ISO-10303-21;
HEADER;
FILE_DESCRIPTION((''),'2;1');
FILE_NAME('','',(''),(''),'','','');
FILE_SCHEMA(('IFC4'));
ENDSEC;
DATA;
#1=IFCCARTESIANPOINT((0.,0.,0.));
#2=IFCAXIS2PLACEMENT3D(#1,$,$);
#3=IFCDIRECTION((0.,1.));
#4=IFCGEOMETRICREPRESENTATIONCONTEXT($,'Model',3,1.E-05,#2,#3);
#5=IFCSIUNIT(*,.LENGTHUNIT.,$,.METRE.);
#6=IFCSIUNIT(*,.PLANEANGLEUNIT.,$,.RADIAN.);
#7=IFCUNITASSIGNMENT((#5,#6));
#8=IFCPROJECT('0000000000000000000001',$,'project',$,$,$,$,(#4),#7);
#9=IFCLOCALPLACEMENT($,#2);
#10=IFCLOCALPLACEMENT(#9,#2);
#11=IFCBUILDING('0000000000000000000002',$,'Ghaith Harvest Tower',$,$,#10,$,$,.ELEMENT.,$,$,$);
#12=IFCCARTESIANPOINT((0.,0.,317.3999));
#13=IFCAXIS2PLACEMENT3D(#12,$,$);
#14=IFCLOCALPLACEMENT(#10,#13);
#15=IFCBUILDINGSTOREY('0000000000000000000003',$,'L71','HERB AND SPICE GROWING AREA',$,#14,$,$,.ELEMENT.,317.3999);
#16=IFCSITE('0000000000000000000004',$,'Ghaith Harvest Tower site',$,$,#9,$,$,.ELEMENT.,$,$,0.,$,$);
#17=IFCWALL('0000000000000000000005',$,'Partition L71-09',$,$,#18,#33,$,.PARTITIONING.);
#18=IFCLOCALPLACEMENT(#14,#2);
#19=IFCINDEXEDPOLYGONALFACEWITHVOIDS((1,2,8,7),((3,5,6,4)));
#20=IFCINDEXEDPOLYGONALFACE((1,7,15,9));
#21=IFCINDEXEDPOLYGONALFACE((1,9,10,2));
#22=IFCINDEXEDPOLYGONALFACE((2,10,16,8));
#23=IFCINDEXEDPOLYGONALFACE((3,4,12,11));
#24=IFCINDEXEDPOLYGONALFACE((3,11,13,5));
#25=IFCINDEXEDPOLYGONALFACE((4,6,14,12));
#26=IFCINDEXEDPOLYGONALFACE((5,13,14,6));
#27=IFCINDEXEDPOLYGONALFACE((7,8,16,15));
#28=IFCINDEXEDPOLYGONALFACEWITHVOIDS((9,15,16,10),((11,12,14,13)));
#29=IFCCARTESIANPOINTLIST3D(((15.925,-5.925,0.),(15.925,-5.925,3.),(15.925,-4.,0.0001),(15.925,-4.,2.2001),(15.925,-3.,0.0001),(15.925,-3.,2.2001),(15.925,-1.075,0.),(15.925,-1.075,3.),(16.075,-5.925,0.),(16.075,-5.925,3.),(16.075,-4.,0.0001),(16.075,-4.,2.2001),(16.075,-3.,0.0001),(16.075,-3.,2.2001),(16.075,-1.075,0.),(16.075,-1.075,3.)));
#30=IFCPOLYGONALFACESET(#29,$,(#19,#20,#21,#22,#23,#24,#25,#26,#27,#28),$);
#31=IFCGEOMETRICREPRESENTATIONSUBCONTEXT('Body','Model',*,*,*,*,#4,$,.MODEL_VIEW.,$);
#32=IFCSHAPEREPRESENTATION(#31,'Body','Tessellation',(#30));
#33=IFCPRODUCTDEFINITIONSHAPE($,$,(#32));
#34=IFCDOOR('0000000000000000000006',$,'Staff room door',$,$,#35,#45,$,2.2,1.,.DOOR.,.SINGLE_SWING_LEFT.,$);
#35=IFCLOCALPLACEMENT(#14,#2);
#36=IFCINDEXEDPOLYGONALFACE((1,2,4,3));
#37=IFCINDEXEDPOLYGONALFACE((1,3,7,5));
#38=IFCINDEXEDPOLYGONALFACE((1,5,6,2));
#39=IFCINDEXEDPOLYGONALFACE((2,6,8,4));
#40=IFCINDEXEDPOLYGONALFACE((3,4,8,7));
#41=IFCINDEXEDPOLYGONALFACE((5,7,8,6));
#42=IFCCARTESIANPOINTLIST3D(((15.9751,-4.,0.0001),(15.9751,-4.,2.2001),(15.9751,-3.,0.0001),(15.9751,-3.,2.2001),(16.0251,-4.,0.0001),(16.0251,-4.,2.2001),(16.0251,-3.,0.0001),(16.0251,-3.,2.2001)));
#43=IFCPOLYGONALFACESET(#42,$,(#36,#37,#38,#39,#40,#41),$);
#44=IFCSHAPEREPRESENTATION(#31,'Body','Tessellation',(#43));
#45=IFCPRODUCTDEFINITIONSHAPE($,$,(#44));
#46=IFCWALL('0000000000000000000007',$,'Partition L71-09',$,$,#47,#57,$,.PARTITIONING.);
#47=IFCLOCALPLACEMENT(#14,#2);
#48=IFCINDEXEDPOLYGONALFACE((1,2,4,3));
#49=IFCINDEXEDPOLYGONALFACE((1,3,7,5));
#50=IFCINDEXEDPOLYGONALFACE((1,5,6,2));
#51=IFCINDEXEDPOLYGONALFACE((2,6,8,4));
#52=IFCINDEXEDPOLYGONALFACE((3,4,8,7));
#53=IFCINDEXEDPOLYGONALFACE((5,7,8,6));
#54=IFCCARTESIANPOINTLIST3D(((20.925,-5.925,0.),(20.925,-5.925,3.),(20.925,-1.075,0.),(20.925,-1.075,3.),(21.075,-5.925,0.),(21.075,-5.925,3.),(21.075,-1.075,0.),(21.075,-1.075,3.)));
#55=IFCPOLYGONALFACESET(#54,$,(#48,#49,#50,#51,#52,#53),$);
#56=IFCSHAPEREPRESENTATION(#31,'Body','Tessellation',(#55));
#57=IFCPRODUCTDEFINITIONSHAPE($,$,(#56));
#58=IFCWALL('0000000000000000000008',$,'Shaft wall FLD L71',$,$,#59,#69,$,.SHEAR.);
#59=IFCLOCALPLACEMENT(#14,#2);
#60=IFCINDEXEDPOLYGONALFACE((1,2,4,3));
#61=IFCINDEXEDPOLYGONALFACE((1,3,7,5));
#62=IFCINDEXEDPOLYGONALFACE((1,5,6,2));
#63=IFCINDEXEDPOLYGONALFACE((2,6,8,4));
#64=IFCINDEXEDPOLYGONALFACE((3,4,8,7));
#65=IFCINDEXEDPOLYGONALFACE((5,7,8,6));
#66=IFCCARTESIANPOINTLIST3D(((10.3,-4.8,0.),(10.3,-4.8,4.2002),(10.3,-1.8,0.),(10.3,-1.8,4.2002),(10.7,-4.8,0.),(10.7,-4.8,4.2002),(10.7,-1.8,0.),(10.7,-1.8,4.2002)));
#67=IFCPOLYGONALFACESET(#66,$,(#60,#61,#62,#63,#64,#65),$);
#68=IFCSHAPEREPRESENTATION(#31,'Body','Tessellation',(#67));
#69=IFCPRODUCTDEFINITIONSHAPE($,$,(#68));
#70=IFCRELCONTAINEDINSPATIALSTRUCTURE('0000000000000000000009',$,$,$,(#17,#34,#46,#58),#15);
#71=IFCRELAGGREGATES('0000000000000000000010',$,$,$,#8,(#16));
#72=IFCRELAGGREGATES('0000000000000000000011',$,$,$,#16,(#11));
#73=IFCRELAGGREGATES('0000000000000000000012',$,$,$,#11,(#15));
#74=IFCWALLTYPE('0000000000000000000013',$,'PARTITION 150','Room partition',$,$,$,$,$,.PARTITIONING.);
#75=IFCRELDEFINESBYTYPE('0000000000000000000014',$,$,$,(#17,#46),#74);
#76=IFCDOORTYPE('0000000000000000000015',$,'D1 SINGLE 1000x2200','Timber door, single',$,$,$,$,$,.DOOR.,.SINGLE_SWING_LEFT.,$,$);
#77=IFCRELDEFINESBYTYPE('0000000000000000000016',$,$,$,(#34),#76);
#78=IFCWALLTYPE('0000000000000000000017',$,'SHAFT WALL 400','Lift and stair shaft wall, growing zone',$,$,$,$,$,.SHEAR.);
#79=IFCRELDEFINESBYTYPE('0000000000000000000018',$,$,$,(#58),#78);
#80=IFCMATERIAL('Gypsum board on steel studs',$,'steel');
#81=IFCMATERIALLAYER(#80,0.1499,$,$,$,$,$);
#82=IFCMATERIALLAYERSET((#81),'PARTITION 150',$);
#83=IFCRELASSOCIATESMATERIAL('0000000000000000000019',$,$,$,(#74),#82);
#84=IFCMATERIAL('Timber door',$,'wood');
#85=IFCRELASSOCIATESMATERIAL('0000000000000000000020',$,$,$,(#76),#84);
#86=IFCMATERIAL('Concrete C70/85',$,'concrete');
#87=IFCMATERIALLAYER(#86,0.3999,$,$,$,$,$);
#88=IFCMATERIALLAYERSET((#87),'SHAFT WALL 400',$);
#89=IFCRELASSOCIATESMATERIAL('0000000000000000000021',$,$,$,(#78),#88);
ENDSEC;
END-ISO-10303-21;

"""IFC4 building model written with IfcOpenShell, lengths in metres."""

from ifc_helpers import new_model, si_unit, direction, frame, frame_2d, origin, place, context, subcontext, project, spatial, rectangle, extrude, material, layer, layer_set, type_object, element, fill, save


model = new_model("IFC4")

# Units and contexts
model_context = context("Model", 3, precision=1e-05, world=origin(), true_north=direction((0.0, 1.0)))
body_context = subcontext(model_context, "Body", "Model", "MODEL_VIEW")
ifc_project = project(units=[si_unit("LENGTHUNIT", "METRE"), si_unit("PLANEANGLEUNIT", "RADIAN")], contexts=[model_context])

# Site, building, storey
site_placement = place(None, origin())
site = spatial("IfcSite", under=ifc_project, at=site_placement, Name="Ghaith Harvest Tower site", CompositionType="ELEMENT", RefElevation=0.0)
building_placement = place(site_placement, origin())
building = spatial("IfcBuilding", under=site, at=building_placement, Name="Ghaith Harvest Tower", CompositionType="ELEMENT")
storey_placement = place(building_placement, frame((0.0, 0.0, 317.3999)))
storey = spatial("IfcBuildingStorey", under=building, at=storey_placement, Name="L71", Description="HERB AND SPICE GROWING AREA", CompositionType="ELEMENT", Elevation=317.3999)

# Shared definitions
ifc_material_1 = material(Name="Gypsum board on steel studs", Category="steel")
ifc_layer_1 = layer(ifc_material_1, 0.1499)
ifc_layer_set_1 = layer_set([ifc_layer_1], Name="PARTITION 150")
wall_type_1 = type_object("IfcWallType", Name="PARTITION 150", Description="Room partition", PredefinedType="PARTITIONING", material=ifc_layer_set_1)

# Wall, opening, door
wall_1_placement = place(storey_placement, frame((16.0, -5.925, 0.0), z_axis=(0.0, 0.0, 1.0), x_axis=(0.0, 1.0, 0.0)))
wall_1 = element("IfcWall", 1, at=wall_1_placement, inside=storey, type_object=wall_type_1, Name="Partition L71-09", PredefinedType="PARTITIONING", context=body_context, shape_type="SweptSolid", body=[
    extrude(rectangle(XDim=4.8501, YDim=0.1499, at=frame_2d((2.425, 0.0))), origin(), (0.0, 0.0, 1.0), 3.0),
])
opening_1_placement = place(wall_1_placement, frame((1.925, 0.0, 0.0)))
opening_1 = element("IfcOpeningElement", 2, at=opening_1_placement, cuts=wall_1, PredefinedType="OPENING", context=body_context, shape_type="SweptSolid", body=[
    extrude(rectangle(XDim=1.0, YDim=2.2, at=frame_2d((0.5, 1.1001))), frame((0.0, 0.085, 0.0), z_axis=(0.0, -1.0, 0.0), x_axis=(1.0, 0.0, 0.0)), (0.0, 0.0, 1.0), 0.1699),
])
ifc_material_2 = material(Name="Timber door", Category="wood")
door_type_1 = type_object("IfcDoorType", Name="D1 SINGLE 1000x2200", Description="Timber door, single", OperationType="SINGLE_SWING_LEFT", PredefinedType="DOOR", material=ifc_material_2)
door_1_placement = place(opening_1_placement, origin())
door_1 = element("IfcDoor", 3, at=door_1_placement, inside=storey, type_object=door_type_1, Name="Staff room door", OperationType="SINGLE_SWING_LEFT", OverallHeight=2.2, OverallWidth=1.0, PredefinedType="DOOR", context=body_context, shape_type="SweptSolid", body=[
    extrude(rectangle(XDim=1.0, YDim=2.2, at=frame_2d((0.5, 1.1001))), frame((0.0, 0.0249, 0.0), z_axis=(0.0, -1.0, 0.0), x_axis=(1.0, 0.0, 0.0)), (0.0, 0.0, 1.0), 0.05),
])
fill(opening_1, door_1)

# Walls
wall_2_placement = place(storey_placement, frame((21.0, -5.925, 0.0), z_axis=(0.0, 0.0, 1.0), x_axis=(0.0, 1.0, 0.0)))
element("IfcWall", 4, at=wall_2_placement, inside=storey, type_object=wall_type_1, Name="Partition L71-09", PredefinedType="PARTITIONING", context=body_context, shape_type="SweptSolid", body=[
    extrude(rectangle(XDim=4.8501, YDim=0.1499, at=frame_2d((2.425, 0.0))), origin(), (0.0, 0.0, 1.0), 3.0),
])
ifc_material_3 = material(Name="Concrete C70/85", Category="concrete")
ifc_layer_2 = layer(ifc_material_3, 0.3999)
ifc_layer_set_2 = layer_set([ifc_layer_2], Name="SHAFT WALL 400")
wall_type_2 = type_object("IfcWallType", Name="SHAFT WALL 400", Description="Lift and stair shaft wall, growing zone", PredefinedType="SHEAR", material=ifc_layer_set_2)
wall_3_placement = place(storey_placement, frame((10.5, -4.8, 0.0), z_axis=(0.0, 0.0, 1.0), x_axis=(0.0, 1.0, 0.0)))
element("IfcWall", 5, at=wall_3_placement, inside=storey, type_object=wall_type_2, Name="Shaft wall FLD L71", PredefinedType="SHEAR", context=body_context, shape_type="SweptSolid", body=[
    extrude(rectangle(XDim=3.0, YDim=0.3999, at=frame_2d((1.5, 0.0))), origin(), (0.0, 0.0, 1.0), 4.2002),
])

save(model, "model.ifc")
